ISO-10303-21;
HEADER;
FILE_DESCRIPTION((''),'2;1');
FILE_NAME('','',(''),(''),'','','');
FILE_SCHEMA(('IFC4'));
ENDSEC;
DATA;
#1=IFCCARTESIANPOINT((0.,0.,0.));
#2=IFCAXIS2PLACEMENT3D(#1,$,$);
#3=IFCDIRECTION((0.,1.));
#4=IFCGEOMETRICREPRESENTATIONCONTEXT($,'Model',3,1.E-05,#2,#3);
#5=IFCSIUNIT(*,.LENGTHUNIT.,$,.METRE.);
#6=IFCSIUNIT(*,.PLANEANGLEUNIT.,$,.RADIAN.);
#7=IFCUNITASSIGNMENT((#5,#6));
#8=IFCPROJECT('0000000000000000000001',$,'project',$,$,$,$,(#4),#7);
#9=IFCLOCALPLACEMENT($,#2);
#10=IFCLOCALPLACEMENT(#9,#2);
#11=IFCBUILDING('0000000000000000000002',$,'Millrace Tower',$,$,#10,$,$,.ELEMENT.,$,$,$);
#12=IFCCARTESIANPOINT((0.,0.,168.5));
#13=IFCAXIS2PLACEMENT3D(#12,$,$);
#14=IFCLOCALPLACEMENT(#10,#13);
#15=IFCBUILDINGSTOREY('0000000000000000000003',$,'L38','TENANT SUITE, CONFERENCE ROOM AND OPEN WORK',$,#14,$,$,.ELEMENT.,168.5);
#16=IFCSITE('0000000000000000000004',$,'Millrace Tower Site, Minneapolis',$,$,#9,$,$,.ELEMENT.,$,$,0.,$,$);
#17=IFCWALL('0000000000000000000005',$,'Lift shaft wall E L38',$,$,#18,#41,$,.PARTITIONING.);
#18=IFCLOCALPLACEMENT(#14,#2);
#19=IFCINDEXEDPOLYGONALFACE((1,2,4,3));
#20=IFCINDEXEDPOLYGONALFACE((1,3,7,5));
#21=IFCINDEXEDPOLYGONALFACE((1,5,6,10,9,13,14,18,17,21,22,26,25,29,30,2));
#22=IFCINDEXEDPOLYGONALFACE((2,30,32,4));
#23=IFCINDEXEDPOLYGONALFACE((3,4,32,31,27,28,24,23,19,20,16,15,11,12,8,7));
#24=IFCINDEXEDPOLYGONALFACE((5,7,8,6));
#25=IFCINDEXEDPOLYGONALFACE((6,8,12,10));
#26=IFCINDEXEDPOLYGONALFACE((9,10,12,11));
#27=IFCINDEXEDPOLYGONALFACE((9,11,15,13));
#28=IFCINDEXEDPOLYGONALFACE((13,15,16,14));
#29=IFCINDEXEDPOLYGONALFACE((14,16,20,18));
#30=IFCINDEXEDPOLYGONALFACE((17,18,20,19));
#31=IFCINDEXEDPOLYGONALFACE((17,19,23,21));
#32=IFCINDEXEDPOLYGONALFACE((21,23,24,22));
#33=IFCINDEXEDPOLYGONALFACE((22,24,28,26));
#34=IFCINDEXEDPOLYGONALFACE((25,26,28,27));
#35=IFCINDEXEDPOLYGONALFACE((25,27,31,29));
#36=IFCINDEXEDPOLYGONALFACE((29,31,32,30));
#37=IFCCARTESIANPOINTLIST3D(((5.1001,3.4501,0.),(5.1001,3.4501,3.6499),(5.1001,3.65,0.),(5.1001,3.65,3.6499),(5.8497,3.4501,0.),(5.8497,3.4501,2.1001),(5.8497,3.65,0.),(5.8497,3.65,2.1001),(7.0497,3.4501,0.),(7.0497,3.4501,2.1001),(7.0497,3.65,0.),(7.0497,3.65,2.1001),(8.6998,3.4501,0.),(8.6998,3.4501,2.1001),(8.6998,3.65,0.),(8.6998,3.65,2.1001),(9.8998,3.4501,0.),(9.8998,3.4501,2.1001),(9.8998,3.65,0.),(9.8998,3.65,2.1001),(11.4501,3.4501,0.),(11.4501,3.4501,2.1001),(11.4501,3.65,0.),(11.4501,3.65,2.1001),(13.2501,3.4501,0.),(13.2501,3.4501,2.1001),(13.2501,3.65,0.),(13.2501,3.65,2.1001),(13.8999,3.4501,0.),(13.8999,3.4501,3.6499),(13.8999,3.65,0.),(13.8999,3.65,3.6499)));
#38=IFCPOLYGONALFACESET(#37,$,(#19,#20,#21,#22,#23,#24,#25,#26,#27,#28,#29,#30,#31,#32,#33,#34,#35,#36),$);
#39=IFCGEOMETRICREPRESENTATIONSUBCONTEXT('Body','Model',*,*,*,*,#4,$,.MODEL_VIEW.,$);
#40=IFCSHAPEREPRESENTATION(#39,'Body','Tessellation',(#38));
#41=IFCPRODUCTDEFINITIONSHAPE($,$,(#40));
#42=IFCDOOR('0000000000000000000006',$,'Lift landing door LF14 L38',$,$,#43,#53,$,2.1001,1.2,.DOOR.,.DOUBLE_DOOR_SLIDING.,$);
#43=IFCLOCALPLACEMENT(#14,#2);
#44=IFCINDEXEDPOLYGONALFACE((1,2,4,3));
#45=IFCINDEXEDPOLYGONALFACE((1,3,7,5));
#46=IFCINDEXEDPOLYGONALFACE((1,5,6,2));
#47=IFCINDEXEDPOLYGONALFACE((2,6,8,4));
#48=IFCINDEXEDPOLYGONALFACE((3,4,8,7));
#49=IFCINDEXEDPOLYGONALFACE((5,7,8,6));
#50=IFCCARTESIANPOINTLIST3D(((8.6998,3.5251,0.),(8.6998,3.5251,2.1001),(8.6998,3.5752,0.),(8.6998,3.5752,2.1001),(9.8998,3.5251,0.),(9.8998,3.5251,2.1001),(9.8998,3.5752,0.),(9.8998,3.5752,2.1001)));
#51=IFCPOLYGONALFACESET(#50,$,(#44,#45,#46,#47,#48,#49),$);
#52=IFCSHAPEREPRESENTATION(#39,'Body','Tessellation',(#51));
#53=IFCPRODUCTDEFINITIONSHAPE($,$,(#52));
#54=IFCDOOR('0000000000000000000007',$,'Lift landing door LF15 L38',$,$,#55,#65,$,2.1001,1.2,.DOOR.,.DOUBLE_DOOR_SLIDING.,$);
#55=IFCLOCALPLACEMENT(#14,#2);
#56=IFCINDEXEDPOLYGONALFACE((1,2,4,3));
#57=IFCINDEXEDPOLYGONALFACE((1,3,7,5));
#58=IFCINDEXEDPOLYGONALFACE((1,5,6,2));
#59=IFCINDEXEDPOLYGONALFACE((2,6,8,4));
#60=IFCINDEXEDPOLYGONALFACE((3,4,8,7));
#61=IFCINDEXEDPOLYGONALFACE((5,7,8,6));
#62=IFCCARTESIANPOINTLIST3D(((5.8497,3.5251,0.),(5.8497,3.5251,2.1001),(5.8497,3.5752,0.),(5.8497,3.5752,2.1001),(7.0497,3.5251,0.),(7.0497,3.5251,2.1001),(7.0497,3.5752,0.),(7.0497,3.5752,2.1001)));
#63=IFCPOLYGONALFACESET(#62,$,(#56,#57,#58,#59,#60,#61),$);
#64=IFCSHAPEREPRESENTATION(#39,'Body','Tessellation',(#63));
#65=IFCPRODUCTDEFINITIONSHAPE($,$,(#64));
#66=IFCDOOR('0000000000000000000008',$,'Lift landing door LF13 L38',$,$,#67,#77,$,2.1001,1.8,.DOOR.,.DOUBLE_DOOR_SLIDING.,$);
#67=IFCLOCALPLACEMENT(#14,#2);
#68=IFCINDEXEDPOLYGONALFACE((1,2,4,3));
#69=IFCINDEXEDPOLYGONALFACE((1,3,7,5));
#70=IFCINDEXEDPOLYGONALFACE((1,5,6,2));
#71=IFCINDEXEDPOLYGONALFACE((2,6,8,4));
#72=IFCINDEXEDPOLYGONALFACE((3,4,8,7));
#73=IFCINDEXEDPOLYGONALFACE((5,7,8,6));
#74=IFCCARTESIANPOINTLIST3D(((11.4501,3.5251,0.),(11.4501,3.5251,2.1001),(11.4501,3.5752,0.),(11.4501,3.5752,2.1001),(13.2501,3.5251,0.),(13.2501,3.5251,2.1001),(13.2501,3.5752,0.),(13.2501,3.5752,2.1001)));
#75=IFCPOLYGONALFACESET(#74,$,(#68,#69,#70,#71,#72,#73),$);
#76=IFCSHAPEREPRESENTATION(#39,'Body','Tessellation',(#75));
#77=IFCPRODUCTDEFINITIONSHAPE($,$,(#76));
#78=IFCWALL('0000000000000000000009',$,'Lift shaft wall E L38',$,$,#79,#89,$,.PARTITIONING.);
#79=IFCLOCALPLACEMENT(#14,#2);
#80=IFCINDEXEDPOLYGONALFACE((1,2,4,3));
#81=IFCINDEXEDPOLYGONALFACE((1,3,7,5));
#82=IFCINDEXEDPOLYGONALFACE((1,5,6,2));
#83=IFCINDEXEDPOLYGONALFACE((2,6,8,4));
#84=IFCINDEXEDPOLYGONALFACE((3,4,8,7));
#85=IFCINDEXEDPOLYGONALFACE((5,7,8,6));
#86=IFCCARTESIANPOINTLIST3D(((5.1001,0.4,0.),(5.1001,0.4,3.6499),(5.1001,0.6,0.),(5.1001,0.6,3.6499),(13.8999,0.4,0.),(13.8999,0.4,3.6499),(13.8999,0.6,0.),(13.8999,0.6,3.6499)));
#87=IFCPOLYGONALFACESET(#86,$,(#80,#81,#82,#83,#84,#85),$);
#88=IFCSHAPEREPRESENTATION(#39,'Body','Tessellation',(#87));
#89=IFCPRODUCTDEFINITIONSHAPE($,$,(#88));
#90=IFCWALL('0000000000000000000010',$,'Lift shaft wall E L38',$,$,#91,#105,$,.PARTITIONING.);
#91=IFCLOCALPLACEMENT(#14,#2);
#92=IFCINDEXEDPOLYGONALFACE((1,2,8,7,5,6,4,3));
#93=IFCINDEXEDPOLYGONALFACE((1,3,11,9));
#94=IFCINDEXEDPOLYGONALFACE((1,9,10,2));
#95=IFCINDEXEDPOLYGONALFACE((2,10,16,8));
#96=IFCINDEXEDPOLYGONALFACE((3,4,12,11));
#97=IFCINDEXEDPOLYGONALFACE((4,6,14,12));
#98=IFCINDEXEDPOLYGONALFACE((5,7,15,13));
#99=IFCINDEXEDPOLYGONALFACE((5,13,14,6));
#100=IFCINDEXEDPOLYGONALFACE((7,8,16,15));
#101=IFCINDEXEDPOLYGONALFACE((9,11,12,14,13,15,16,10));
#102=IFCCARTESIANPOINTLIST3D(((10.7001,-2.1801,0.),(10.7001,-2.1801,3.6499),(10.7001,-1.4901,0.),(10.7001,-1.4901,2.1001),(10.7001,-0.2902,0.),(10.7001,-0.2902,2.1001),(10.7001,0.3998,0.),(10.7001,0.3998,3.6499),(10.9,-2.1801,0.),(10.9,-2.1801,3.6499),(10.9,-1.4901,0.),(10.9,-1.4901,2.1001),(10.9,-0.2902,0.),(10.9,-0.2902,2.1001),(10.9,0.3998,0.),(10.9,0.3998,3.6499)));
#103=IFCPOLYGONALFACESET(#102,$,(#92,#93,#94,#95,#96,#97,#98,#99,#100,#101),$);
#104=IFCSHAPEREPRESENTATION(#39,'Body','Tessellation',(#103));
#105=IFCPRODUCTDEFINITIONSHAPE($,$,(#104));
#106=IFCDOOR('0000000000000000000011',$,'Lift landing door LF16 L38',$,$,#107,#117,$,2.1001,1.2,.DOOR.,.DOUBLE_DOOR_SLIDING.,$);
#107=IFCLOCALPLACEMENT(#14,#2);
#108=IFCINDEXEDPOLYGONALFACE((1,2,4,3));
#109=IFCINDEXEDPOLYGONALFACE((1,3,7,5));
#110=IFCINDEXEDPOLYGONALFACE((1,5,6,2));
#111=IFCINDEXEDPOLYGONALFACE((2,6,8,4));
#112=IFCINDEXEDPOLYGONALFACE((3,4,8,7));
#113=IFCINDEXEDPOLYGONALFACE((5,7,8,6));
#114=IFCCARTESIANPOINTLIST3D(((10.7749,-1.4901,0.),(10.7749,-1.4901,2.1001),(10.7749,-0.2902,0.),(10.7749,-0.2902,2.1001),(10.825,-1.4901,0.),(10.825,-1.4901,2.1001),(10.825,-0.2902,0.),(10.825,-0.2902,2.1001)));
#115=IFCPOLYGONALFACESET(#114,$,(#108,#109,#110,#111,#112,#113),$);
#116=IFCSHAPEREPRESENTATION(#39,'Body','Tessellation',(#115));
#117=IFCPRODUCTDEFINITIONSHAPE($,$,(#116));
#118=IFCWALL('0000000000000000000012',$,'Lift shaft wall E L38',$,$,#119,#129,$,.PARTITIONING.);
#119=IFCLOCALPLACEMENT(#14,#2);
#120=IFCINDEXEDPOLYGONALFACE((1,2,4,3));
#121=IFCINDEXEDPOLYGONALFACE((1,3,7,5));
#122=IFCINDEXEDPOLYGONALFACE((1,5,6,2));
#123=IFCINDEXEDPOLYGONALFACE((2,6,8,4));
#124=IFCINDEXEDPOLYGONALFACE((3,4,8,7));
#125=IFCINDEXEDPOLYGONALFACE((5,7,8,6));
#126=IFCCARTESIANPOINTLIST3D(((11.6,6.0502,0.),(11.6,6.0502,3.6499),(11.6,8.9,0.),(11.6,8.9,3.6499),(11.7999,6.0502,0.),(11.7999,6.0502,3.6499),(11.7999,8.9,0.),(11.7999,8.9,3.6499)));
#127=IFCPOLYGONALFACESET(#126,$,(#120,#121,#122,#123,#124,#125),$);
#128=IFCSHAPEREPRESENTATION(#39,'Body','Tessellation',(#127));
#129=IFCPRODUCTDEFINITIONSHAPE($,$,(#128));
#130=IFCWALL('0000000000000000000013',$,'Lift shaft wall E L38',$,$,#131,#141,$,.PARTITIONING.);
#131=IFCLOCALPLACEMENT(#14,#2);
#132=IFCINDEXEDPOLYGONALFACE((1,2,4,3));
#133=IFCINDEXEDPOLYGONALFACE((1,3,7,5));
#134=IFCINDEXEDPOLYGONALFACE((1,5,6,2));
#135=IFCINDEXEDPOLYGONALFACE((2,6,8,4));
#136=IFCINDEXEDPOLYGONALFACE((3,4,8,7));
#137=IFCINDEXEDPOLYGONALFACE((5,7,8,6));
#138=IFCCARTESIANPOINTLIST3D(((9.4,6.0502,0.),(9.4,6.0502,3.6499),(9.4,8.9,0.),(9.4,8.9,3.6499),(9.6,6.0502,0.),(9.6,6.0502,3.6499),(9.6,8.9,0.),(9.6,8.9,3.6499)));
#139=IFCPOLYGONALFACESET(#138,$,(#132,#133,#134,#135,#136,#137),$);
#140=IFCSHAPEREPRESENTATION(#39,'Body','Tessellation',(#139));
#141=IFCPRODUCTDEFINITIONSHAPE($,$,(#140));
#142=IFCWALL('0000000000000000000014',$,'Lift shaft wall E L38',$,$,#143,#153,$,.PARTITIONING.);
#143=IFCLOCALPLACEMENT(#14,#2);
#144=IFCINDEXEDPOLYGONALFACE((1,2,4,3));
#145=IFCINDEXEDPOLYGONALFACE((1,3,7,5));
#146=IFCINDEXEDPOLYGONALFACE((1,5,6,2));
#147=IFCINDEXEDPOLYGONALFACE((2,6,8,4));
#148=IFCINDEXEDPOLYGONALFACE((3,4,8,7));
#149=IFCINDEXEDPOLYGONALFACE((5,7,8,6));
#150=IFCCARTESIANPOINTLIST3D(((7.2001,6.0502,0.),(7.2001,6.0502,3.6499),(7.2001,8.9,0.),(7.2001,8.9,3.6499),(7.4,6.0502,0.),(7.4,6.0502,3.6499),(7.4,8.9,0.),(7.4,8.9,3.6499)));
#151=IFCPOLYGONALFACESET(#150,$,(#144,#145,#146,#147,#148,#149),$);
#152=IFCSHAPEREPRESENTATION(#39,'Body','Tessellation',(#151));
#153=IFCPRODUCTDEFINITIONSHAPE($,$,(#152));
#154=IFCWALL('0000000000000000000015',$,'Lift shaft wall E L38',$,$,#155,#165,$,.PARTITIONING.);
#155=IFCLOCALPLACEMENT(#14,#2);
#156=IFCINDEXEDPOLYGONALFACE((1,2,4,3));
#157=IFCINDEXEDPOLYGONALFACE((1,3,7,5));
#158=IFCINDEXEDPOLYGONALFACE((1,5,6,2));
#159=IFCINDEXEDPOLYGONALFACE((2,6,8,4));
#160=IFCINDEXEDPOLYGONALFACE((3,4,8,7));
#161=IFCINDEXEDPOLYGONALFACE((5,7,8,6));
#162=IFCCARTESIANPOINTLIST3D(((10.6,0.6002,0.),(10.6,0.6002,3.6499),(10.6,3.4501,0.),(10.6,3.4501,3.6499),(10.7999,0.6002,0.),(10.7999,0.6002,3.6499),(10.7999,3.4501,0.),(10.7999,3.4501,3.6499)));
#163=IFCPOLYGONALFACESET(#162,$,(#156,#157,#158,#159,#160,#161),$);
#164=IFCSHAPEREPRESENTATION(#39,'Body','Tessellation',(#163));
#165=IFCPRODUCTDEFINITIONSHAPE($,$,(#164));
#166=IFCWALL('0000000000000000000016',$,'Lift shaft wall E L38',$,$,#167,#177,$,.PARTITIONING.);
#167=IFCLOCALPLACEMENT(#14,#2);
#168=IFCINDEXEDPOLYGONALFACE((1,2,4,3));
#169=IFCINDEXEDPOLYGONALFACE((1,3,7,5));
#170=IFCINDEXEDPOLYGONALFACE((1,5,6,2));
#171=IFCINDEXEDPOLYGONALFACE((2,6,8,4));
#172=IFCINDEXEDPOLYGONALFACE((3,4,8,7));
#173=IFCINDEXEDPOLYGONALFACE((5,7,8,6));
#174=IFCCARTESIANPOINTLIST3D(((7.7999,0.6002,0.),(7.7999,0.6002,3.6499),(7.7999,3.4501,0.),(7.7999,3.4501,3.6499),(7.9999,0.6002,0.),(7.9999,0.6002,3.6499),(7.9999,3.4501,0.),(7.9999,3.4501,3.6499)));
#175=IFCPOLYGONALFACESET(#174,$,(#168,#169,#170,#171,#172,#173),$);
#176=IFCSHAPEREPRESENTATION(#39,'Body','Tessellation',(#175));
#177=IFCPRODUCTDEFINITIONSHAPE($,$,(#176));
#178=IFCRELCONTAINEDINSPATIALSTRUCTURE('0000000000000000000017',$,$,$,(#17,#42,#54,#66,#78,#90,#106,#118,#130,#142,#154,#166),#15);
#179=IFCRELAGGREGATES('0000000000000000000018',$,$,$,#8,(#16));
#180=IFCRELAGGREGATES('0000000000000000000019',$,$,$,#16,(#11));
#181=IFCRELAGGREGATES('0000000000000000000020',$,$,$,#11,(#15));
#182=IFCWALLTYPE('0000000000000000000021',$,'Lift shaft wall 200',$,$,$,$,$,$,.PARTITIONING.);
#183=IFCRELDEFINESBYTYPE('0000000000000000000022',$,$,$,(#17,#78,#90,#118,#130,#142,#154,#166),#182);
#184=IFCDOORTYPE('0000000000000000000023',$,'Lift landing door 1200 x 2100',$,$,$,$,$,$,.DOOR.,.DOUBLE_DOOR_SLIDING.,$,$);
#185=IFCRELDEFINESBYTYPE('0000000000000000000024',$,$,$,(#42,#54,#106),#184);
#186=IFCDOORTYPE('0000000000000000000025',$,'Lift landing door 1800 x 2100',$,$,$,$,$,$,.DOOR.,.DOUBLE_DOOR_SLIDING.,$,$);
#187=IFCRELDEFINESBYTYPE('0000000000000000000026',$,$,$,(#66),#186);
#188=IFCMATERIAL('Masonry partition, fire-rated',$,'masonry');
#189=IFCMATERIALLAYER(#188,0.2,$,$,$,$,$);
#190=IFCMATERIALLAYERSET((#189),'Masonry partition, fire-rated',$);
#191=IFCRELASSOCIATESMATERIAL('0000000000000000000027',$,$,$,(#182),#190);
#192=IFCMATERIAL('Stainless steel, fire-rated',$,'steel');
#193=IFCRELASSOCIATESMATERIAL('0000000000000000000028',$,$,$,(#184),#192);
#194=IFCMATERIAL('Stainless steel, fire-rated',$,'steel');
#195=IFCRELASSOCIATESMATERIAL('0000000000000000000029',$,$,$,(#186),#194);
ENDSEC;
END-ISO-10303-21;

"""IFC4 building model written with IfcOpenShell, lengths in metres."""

from ifc_helpers import new_model, si_unit, direction, frame, frame_2d, origin, place, context, subcontext, project, spatial, rectangle, extrude, material, layer, layer_set, type_object, element, fill, save


model = new_model("IFC4")

# Units and contexts
model_context = context("Model", 3, precision=1e-05, world=origin(), true_north=direction((0.0, 1.0)))
body_context = subcontext(model_context, "Body", "Model", "MODEL_VIEW")
ifc_project = project(units=[si_unit("LENGTHUNIT", "METRE"), si_unit("PLANEANGLEUNIT", "RADIAN")], contexts=[model_context])

# Site, building, storey
site_placement = place(None, origin())
site = spatial("IfcSite", under=ifc_project, at=site_placement, Name="Millrace Tower Site, Minneapolis", CompositionType="ELEMENT", RefElevation=0.0)
building_placement = place(site_placement, origin())
building = spatial("IfcBuilding", under=site, at=building_placement, Name="Millrace Tower", CompositionType="ELEMENT")
storey_placement = place(building_placement, frame((0.0, 0.0, 168.5)))
storey = spatial("IfcBuildingStorey", under=building, at=storey_placement, Name="L38", Description="TENANT SUITE, CONFERENCE ROOM AND OPEN WORK", CompositionType="ELEMENT", Elevation=168.5)

# Shared definitions
ifc_material_1 = material(Name="Masonry partition, fire-rated", Category="masonry")
ifc_layer_1 = layer(ifc_material_1, 0.2)
ifc_layer_set_1 = layer_set([ifc_layer_1], Name="Masonry partition, fire-rated")
wall_type_1 = type_object("IfcWallType", Name="Lift shaft wall 200", PredefinedType="PARTITIONING", material=ifc_layer_set_1)

# Wall, openings, doors
wall_1_placement = place(storey_placement, frame((13.8999, 3.55, 0.0), z_axis=(0.0, 0.0, 1.0), x_axis=(-1.0, 0.0, 0.0)))
wall_1 = element("IfcWall", 1, at=wall_1_placement, inside=storey, type_object=wall_type_1, Name="Lift shaft wall E L38", PredefinedType="PARTITIONING", context=body_context, shape_type="SweptSolid", body=[
    extrude(rectangle(XDim=8.7998, YDim=0.2, at=frame_2d((4.3999, 0.0))), origin(), (0.0, 0.0, 1.0), 3.6499),
])
opening_1_placement = place(wall_1_placement, frame((0.6499, 0.0, 0.0)))
opening_1 = element("IfcOpeningElement", 2, at=opening_1_placement, cuts=wall_1, PredefinedType="OPENING", context=body_context, shape_type="SweptSolid", body=[
    extrude(rectangle(XDim=1.8, YDim=2.1001, at=frame_2d((0.8999, 1.05))), frame((0.0, 0.1099, 0.0), z_axis=(0.0, -1.0, 0.0), x_axis=(1.0, 0.0, 0.0)), (0.0, 0.0, 1.0), 0.22),
])
opening_2_placement = place(wall_1_placement, frame((4.0, 0.0, 0.0)))
opening_2 = element("IfcOpeningElement", 3, at=opening_2_placement, cuts=wall_1, PredefinedType="OPENING", context=body_context, shape_type="SweptSolid", body=[
    extrude(rectangle(XDim=1.2, YDim=2.1001, at=frame_2d((0.6001, 1.05))), frame((0.0, 0.1099, 0.0), z_axis=(0.0, -1.0, 0.0), x_axis=(1.0, 0.0, 0.0)), (0.0, 0.0, 1.0), 0.22),
])
opening_3_placement = place(wall_1_placement, frame((6.8501, 0.0, 0.0)))
opening_3 = element("IfcOpeningElement", 4, at=opening_3_placement, cuts=wall_1, PredefinedType="OPENING", context=body_context, shape_type="SweptSolid", body=[
    extrude(rectangle(XDim=1.2, YDim=2.1001, at=frame_2d((0.6001, 1.05))), frame((0.0, 0.1099, 0.0), z_axis=(0.0, -1.0, 0.0), x_axis=(1.0, 0.0, 0.0)), (0.0, 0.0, 1.0), 0.22),
])
ifc_material_2 = material(Name="Stainless steel, fire-rated", Category="steel")
door_type_1 = type_object("IfcDoorType", Name="Lift landing door 1200 x 2100", OperationType="DOUBLE_DOOR_SLIDING", PredefinedType="DOOR", material=ifc_material_2)
door_1_placement = place(opening_2_placement, origin())
door_1 = element("IfcDoor", 5, at=door_1_placement, inside=storey, type_object=door_type_1, Name="Lift landing door LF14 L38", OperationType="DOUBLE_DOOR_SLIDING", OverallHeight=2.1001, OverallWidth=1.2, PredefinedType="DOOR", context=body_context, shape_type="SweptSolid", body=[
    extrude(rectangle(XDim=1.2, YDim=2.1001, at=frame_2d((0.6001, 1.05))), frame((0.0, 0.0249, 0.0), z_axis=(0.0, -1.0, 0.0), x_axis=(1.0, 0.0, 0.0)), (0.0, 0.0, 1.0), 0.05),
])
fill(opening_2, door_1)
door_2_placement = place(opening_3_placement, origin())
door_2 = element("IfcDoor", 6, at=door_2_placement, inside=storey, type_object=door_type_1, Name="Lift landing door LF15 L38", OperationType="DOUBLE_DOOR_SLIDING", OverallHeight=2.1001, OverallWidth=1.2, PredefinedType="DOOR", context=body_context, shape_type="SweptSolid", body=[
    extrude(rectangle(XDim=1.2, YDim=2.1001, at=frame_2d((0.6001, 1.05))), frame((0.0, 0.0249, 0.0), z_axis=(0.0, -1.0, 0.0), x_axis=(1.0, 0.0, 0.0)), (0.0, 0.0, 1.0), 0.05),
])
fill(opening_3, door_2)
ifc_material_3 = material(Name="Stainless steel, fire-rated", Category="steel")
door_type_2 = type_object("IfcDoorType", Name="Lift landing door 1800 x 2100", OperationType="DOUBLE_DOOR_SLIDING", PredefinedType="DOOR", material=ifc_material_3)
door_3_placement = place(opening_1_placement, origin())
door_3 = element("IfcDoor", 7, at=door_3_placement, inside=storey, type_object=door_type_2, Name="Lift landing door LF13 L38", OperationType="DOUBLE_DOOR_SLIDING", OverallHeight=2.1001, OverallWidth=1.8, PredefinedType="DOOR", context=body_context, shape_type="SweptSolid", body=[
    extrude(rectangle(XDim=1.8, YDim=2.1001, at=frame_2d((0.8999, 1.05))), frame((0.0, 0.0249, 0.0), z_axis=(0.0, -1.0, 0.0), x_axis=(1.0, 0.0, 0.0)), (0.0, 0.0, 1.0), 0.05),
])
fill(opening_1, door_3)

# Wall
wall_2_placement = place(storey_placement, frame((13.8999, 0.5, 0.0), z_axis=(0.0, 0.0, 1.0), x_axis=(-1.0, 0.0, 0.0)))
element("IfcWall", 8, at=wall_2_placement, inside=storey, type_object=wall_type_1, Name="Lift shaft wall E L38", PredefinedType="PARTITIONING", context=body_context, shape_type="SweptSolid", body=[
    extrude(rectangle(XDim=8.7998, YDim=0.2, at=frame_2d((4.3999, 0.0))), origin(), (0.0, 0.0, 1.0), 3.6499),
])

# Wall, opening, door
wall_3_placement = place(storey_placement, frame((10.8, 0.3999, 0.0), z_axis=(0.0, 0.0, 1.0), x_axis=(0.0, -1.0, 0.0)))
wall_3 = element("IfcWall", 9, at=wall_3_placement, inside=storey, type_object=wall_type_1, Name="Lift shaft wall E L38", PredefinedType="PARTITIONING", context=body_context, shape_type="SweptSolid", body=[
    extrude(rectangle(XDim=2.5798, YDim=0.2, at=frame_2d((1.29, 0.0))), origin(), (0.0, 0.0, 1.0), 3.6499),
])
opening_4_placement = place(wall_3_placement, frame((0.6899, 0.0, 0.0)))
opening_4 = element("IfcOpeningElement", 10, at=opening_4_placement, cuts=wall_3, PredefinedType="OPENING", context=body_context, shape_type="SweptSolid", body=[
    extrude(rectangle(XDim=1.2, YDim=2.1001, at=frame_2d((0.6001, 1.05))), frame((0.0, 0.1099, 0.0), z_axis=(0.0, -1.0, 0.0), x_axis=(1.0, 0.0, 0.0)), (0.0, 0.0, 1.0), 0.22),
])
door_4_placement = place(opening_4_placement, origin())
door_4 = element("IfcDoor", 11, at=door_4_placement, inside=storey, type_object=door_type_1, Name="Lift landing door LF16 L38", OperationType="DOUBLE_DOOR_SLIDING", OverallHeight=2.1001, OverallWidth=1.2, PredefinedType="DOOR", context=body_context, shape_type="SweptSolid", body=[
    extrude(rectangle(XDim=1.2, YDim=2.1001, at=frame_2d((0.6001, 1.05))), frame((0.0, 0.0249, 0.0), z_axis=(0.0, -1.0, 0.0), x_axis=(1.0, 0.0, 0.0)), (0.0, 0.0, 1.0), 0.05),
])
fill(opening_4, door_4)

# Walls
for number, where, z_axis, x_axis, name in (
    (12, (11.7, 8.8999, 0.0), (0.0, 0.0, 1.0), (0.0, -1.0, 0.0), "Lift shaft wall E L38"),
    (13, (9.5, 8.8999, 0.0), (0.0, 0.0, 1.0), (0.0, -1.0, 0.0), "Lift shaft wall E L38"),
    (14, (7.3, 8.8999, 0.0), (0.0, 0.0, 1.0), (0.0, -1.0, 0.0), "Lift shaft wall E L38"),
    (15, (10.7, 3.45, 0.0), (0.0, 0.0, 1.0), (0.0, -1.0, 0.0), "Lift shaft wall E L38"),
    (16, (7.8999, 3.45, 0.0), (0.0, 0.0, 1.0), (0.0, -1.0, 0.0), "Lift shaft wall E L38"),
):
    element("IfcWall", number, at=place(storey_placement, frame(where, z_axis=z_axis, x_axis=x_axis)), inside=storey, type_object=wall_type_1, Name=name, PredefinedType="PARTITIONING", context=body_context, shape_type="SweptSolid", body=[
        extrude(rectangle(XDim=2.8499, YDim=0.2, at=frame_2d((1.4248, 0.0))), origin(), (0.0, 0.0, 1.0), 3.6499),
    ])

save(model, "model.ifc")
